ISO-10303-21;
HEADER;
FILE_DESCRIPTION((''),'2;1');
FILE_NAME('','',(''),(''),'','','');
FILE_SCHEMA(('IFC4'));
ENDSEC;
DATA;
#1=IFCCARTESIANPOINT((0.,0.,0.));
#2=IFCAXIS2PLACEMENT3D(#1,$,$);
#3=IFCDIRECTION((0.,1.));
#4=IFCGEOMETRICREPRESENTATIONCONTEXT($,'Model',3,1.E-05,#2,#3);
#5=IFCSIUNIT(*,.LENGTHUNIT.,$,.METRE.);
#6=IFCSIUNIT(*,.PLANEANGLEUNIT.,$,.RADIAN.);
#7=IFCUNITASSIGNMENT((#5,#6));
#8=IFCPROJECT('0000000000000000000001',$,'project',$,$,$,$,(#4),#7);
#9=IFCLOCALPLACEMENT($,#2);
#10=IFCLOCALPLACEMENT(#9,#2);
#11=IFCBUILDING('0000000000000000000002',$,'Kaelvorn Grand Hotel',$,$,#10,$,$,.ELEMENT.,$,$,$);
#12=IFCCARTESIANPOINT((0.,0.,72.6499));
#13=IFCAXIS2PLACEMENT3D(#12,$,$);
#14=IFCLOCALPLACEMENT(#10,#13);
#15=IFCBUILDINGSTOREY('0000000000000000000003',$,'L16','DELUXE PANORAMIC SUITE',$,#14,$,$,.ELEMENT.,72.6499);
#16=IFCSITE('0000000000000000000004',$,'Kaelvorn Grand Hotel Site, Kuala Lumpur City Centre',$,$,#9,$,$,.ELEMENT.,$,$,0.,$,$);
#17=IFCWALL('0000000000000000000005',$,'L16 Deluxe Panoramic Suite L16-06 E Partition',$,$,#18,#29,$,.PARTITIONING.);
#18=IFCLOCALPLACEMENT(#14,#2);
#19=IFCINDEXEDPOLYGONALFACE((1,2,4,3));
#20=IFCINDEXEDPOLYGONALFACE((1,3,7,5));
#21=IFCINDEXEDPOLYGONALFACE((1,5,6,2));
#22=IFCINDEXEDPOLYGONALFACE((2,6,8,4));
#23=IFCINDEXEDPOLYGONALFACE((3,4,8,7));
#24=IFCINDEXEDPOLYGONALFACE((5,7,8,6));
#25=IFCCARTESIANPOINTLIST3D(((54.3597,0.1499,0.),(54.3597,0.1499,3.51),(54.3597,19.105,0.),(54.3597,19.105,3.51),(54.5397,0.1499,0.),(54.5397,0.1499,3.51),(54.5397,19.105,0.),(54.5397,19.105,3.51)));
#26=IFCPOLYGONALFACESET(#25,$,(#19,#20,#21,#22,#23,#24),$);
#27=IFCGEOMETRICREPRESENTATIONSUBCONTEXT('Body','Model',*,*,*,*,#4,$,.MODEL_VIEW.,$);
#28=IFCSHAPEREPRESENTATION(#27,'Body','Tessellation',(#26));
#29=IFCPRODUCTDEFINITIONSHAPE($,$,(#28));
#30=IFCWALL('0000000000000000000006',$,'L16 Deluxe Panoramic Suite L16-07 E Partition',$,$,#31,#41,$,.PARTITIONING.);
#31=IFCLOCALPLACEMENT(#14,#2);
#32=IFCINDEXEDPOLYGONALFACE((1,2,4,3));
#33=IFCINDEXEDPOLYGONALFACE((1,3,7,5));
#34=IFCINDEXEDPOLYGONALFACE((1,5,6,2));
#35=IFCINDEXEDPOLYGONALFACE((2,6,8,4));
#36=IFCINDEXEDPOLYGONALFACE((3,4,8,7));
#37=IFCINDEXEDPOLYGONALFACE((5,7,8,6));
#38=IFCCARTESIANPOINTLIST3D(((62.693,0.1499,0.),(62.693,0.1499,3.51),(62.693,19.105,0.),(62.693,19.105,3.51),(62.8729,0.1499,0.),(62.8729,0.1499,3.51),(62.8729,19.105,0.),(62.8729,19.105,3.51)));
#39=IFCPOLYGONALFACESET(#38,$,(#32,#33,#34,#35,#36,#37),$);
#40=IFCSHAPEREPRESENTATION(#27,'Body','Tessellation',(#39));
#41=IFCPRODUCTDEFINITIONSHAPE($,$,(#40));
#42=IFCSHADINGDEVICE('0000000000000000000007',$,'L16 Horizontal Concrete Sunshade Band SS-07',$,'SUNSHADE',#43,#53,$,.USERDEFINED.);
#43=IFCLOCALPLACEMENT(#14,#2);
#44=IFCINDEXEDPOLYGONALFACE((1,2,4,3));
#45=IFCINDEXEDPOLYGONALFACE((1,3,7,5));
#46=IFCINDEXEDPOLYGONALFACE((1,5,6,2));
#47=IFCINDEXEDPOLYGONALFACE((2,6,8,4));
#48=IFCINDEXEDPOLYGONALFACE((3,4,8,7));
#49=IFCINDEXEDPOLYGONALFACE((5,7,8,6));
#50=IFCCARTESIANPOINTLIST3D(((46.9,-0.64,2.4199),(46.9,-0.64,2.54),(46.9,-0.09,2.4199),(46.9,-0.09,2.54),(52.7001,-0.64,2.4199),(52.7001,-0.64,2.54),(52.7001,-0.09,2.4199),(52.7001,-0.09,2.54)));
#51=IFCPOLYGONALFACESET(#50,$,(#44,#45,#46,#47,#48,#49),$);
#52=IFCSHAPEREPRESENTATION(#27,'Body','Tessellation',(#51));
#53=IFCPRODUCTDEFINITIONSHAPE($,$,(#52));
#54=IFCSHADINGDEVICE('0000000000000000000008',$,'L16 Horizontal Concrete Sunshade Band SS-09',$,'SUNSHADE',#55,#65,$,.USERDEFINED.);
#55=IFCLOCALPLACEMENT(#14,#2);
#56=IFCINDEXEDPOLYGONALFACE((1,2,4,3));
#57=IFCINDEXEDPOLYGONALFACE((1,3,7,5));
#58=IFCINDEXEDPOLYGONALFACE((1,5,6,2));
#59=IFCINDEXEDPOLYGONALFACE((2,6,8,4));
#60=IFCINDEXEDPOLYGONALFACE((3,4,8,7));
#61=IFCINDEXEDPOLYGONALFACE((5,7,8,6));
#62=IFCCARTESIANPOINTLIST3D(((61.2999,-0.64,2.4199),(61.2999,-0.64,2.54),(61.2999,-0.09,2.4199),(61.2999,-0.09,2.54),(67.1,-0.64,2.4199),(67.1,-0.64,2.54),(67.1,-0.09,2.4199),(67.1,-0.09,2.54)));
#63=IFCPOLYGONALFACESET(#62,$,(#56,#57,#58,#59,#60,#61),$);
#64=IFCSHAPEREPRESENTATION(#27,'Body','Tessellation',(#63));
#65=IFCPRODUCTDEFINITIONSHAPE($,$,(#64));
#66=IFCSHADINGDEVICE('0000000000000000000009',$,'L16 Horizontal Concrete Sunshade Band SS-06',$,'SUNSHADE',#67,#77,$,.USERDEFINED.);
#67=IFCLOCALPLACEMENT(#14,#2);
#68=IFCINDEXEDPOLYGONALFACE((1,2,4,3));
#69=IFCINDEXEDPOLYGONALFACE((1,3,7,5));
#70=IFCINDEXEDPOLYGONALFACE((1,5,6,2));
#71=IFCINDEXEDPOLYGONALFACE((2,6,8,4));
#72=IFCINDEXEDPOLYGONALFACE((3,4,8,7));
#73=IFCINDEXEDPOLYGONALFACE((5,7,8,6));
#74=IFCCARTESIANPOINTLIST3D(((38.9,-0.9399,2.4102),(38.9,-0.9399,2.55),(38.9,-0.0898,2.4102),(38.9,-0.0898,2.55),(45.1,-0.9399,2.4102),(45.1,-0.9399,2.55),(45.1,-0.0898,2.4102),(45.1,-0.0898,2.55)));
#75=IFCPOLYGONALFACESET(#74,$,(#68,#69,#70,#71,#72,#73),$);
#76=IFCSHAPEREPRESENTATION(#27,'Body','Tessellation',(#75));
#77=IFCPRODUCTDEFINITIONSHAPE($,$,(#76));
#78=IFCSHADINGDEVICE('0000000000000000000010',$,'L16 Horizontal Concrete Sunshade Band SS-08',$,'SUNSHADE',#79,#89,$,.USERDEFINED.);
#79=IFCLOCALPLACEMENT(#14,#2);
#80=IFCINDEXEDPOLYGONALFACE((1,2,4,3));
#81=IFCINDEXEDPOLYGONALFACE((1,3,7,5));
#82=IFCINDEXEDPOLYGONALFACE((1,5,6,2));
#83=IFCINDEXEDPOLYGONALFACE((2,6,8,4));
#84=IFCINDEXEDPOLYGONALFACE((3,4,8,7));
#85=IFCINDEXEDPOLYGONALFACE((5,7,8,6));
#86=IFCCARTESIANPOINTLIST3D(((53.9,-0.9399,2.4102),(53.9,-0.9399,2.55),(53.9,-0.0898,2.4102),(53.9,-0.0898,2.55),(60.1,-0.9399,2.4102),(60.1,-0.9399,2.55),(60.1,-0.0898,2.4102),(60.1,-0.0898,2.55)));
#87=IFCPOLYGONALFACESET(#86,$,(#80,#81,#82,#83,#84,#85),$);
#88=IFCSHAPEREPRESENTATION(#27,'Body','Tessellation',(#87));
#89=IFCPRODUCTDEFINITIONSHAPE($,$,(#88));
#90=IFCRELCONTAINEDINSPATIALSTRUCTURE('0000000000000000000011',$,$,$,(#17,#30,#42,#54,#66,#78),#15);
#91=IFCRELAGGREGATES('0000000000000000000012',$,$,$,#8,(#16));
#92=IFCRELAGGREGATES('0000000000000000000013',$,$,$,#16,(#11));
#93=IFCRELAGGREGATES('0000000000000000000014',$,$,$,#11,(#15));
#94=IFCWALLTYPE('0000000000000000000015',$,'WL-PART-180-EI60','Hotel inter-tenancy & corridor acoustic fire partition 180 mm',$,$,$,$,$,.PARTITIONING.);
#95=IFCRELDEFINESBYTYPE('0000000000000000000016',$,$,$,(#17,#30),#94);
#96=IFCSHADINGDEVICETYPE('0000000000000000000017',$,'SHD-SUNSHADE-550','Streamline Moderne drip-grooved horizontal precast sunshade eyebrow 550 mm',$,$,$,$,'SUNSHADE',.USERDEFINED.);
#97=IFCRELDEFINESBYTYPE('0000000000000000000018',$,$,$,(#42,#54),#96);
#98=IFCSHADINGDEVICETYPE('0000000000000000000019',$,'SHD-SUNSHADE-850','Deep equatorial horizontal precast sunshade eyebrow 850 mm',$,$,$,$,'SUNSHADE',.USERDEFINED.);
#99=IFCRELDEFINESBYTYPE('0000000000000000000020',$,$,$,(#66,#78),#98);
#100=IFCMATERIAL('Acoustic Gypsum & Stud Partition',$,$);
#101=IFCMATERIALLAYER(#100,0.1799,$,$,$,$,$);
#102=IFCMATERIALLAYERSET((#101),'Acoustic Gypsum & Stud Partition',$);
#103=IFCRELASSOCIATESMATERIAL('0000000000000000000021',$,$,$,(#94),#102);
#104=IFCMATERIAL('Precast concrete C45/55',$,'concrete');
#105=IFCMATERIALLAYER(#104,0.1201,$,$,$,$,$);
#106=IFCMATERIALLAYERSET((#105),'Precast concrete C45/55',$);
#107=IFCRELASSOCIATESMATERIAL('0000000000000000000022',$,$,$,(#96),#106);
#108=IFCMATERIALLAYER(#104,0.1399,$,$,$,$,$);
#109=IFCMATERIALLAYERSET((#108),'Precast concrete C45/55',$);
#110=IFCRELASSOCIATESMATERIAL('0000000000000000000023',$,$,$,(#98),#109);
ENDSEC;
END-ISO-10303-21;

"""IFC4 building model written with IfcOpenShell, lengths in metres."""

from ifc_helpers import new_model, si_unit, direction, frame, frame_2d, origin, origin_2d, place, context, subcontext, project, spatial, rectangle, extrude, material, layer, layer_set, type_object, element, save


model = new_model("IFC4")

# Units and contexts
model_context = context("Model", 3, precision=1e-05, world=origin(), true_north=direction((0.0, 1.0)))
body_context = subcontext(model_context, "Body", "Model", "MODEL_VIEW")
ifc_project = project(units=[si_unit("LENGTHUNIT", "METRE"), si_unit("PLANEANGLEUNIT", "RADIAN")], contexts=[model_context])

# Site, building, storey
site_placement = place(None, origin())
site = spatial("IfcSite", under=ifc_project, at=site_placement, Name="Kaelvorn Grand Hotel Site, Kuala Lumpur City Centre", CompositionType="ELEMENT", RefElevation=0.0)
building_placement = place(site_placement, origin())
building = spatial("IfcBuilding", under=site, at=building_placement, Name="Kaelvorn Grand Hotel", CompositionType="ELEMENT")
storey_placement = place(building_placement, frame((0.0, 0.0, 72.6499)))
storey = spatial("IfcBuildingStorey", under=building, at=storey_placement, Name="L16", Description="DELUXE PANORAMIC SUITE", CompositionType="ELEMENT", Elevation=72.6499)

# Walls
ifc_material_1 = material(Name="Acoustic Gypsum & Stud Partition")
ifc_layer_1 = layer(ifc_material_1, 0.1799)
ifc_layer_set_1 = layer_set([ifc_layer_1], Name="Acoustic Gypsum & Stud Partition")
wall_type = type_object("IfcWallType", Name="WL-PART-180-EI60", Description="Hotel inter-tenancy & corridor acoustic fire partition 180 mm", PredefinedType="PARTITIONING", material=ifc_layer_set_1)
for number, where, z_axis, x_axis, name in (
    (1, (54.4497, 0.1499, 0.0), (0.0, 0.0, 1.0), (0.0, 1.0, 0.0), "L16 Deluxe Panoramic Suite L16-06 E Partition"),
    (2, (62.783, 0.1499, 0.0), (0.0, 0.0, 1.0), (0.0, 1.0, 0.0), "L16 Deluxe Panoramic Suite L16-07 E Partition"),
):
    element("IfcWall", number, at=place(storey_placement, frame(where, z_axis=z_axis, x_axis=x_axis)), inside=storey, type_object=wall_type, Name=name, PredefinedType="PARTITIONING", context=body_context, shape_type="SweptSolid", body=[
        extrude(rectangle(XDim=18.9551, YDim=0.1799, at=frame_2d((9.4775, 0.0))), origin(), (0.0, 0.0, 1.0), 3.51),
    ])

# Shading devices
ifc_material_2 = material(Name="Precast concrete C45/55", Category="concrete")
ifc_layer_2 = layer(ifc_material_2, 0.1201)
ifc_layer_set_2 = layer_set([ifc_layer_2], Name="Precast concrete C45/55")
shading_device_type_1 = type_object("IfcShadingDeviceType", Name="SHD-SUNSHADE-550", Description="Streamline Moderne drip-grooved horizontal precast sunshade eyebrow 550 mm", ElementType="SUNSHADE", PredefinedType="USERDEFINED", material=ifc_layer_set_2)
for number, where, z_axis, x_axis, name in (
    (3, (49.8, -0.365, 2.4199), (0.0, 0.0, 1.0), (1.0, 0.0, 0.0), "L16 Horizontal Concrete Sunshade Band SS-07"),
    (4, (64.2, -0.365, 2.4199), (0.0, 0.0, 1.0), (1.0, 0.0, 0.0), "L16 Horizontal Concrete Sunshade Band SS-09"),
):
    element("IfcShadingDevice", number, at=place(storey_placement, frame(where, z_axis=z_axis, x_axis=x_axis)), inside=storey, type_object=shading_device_type_1, Name=name, ObjectType="SUNSHADE", PredefinedType="USERDEFINED", context=body_context, shape_type="SweptSolid", body=[
        extrude(rectangle(XDim=5.8, YDim=0.55, at=origin_2d()), origin(), (0.0, 0.0, 1.0), 0.1201),
    ])
ifc_layer_3 = layer(ifc_material_2, 0.1399)
ifc_layer_set_3 = layer_set([ifc_layer_3], Name="Precast concrete C45/55")
shading_device_type_2 = type_object("IfcShadingDeviceType", Name="SHD-SUNSHADE-850", Description="Deep equatorial horizontal precast sunshade eyebrow 850 mm", ElementType="SUNSHADE", PredefinedType="USERDEFINED", material=ifc_layer_set_3)
for number, where, z_axis, x_axis, name in (
    (5, (42.0, -0.5149, 2.4102), (0.0, 0.0, 1.0), (1.0, 0.0, 0.0), "L16 Horizontal Concrete Sunshade Band SS-06"),
    (6, (57.0, -0.5149, 2.4102), (0.0, 0.0, 1.0), (1.0, 0.0, 0.0), "L16 Horizontal Concrete Sunshade Band SS-08"),
):
    element("IfcShadingDevice", number, at=place(storey_placement, frame(where, z_axis=z_axis, x_axis=x_axis)), inside=storey, type_object=shading_device_type_2, Name=name, ObjectType="SUNSHADE", PredefinedType="USERDEFINED", context=body_context, shape_type="SweptSolid", body=[
        extrude(rectangle(XDim=6.2, YDim=0.8501, at=origin_2d()), origin(), (0.0, 0.0, 1.0), 0.1399),
    ])

save(model, "model.ifc")
